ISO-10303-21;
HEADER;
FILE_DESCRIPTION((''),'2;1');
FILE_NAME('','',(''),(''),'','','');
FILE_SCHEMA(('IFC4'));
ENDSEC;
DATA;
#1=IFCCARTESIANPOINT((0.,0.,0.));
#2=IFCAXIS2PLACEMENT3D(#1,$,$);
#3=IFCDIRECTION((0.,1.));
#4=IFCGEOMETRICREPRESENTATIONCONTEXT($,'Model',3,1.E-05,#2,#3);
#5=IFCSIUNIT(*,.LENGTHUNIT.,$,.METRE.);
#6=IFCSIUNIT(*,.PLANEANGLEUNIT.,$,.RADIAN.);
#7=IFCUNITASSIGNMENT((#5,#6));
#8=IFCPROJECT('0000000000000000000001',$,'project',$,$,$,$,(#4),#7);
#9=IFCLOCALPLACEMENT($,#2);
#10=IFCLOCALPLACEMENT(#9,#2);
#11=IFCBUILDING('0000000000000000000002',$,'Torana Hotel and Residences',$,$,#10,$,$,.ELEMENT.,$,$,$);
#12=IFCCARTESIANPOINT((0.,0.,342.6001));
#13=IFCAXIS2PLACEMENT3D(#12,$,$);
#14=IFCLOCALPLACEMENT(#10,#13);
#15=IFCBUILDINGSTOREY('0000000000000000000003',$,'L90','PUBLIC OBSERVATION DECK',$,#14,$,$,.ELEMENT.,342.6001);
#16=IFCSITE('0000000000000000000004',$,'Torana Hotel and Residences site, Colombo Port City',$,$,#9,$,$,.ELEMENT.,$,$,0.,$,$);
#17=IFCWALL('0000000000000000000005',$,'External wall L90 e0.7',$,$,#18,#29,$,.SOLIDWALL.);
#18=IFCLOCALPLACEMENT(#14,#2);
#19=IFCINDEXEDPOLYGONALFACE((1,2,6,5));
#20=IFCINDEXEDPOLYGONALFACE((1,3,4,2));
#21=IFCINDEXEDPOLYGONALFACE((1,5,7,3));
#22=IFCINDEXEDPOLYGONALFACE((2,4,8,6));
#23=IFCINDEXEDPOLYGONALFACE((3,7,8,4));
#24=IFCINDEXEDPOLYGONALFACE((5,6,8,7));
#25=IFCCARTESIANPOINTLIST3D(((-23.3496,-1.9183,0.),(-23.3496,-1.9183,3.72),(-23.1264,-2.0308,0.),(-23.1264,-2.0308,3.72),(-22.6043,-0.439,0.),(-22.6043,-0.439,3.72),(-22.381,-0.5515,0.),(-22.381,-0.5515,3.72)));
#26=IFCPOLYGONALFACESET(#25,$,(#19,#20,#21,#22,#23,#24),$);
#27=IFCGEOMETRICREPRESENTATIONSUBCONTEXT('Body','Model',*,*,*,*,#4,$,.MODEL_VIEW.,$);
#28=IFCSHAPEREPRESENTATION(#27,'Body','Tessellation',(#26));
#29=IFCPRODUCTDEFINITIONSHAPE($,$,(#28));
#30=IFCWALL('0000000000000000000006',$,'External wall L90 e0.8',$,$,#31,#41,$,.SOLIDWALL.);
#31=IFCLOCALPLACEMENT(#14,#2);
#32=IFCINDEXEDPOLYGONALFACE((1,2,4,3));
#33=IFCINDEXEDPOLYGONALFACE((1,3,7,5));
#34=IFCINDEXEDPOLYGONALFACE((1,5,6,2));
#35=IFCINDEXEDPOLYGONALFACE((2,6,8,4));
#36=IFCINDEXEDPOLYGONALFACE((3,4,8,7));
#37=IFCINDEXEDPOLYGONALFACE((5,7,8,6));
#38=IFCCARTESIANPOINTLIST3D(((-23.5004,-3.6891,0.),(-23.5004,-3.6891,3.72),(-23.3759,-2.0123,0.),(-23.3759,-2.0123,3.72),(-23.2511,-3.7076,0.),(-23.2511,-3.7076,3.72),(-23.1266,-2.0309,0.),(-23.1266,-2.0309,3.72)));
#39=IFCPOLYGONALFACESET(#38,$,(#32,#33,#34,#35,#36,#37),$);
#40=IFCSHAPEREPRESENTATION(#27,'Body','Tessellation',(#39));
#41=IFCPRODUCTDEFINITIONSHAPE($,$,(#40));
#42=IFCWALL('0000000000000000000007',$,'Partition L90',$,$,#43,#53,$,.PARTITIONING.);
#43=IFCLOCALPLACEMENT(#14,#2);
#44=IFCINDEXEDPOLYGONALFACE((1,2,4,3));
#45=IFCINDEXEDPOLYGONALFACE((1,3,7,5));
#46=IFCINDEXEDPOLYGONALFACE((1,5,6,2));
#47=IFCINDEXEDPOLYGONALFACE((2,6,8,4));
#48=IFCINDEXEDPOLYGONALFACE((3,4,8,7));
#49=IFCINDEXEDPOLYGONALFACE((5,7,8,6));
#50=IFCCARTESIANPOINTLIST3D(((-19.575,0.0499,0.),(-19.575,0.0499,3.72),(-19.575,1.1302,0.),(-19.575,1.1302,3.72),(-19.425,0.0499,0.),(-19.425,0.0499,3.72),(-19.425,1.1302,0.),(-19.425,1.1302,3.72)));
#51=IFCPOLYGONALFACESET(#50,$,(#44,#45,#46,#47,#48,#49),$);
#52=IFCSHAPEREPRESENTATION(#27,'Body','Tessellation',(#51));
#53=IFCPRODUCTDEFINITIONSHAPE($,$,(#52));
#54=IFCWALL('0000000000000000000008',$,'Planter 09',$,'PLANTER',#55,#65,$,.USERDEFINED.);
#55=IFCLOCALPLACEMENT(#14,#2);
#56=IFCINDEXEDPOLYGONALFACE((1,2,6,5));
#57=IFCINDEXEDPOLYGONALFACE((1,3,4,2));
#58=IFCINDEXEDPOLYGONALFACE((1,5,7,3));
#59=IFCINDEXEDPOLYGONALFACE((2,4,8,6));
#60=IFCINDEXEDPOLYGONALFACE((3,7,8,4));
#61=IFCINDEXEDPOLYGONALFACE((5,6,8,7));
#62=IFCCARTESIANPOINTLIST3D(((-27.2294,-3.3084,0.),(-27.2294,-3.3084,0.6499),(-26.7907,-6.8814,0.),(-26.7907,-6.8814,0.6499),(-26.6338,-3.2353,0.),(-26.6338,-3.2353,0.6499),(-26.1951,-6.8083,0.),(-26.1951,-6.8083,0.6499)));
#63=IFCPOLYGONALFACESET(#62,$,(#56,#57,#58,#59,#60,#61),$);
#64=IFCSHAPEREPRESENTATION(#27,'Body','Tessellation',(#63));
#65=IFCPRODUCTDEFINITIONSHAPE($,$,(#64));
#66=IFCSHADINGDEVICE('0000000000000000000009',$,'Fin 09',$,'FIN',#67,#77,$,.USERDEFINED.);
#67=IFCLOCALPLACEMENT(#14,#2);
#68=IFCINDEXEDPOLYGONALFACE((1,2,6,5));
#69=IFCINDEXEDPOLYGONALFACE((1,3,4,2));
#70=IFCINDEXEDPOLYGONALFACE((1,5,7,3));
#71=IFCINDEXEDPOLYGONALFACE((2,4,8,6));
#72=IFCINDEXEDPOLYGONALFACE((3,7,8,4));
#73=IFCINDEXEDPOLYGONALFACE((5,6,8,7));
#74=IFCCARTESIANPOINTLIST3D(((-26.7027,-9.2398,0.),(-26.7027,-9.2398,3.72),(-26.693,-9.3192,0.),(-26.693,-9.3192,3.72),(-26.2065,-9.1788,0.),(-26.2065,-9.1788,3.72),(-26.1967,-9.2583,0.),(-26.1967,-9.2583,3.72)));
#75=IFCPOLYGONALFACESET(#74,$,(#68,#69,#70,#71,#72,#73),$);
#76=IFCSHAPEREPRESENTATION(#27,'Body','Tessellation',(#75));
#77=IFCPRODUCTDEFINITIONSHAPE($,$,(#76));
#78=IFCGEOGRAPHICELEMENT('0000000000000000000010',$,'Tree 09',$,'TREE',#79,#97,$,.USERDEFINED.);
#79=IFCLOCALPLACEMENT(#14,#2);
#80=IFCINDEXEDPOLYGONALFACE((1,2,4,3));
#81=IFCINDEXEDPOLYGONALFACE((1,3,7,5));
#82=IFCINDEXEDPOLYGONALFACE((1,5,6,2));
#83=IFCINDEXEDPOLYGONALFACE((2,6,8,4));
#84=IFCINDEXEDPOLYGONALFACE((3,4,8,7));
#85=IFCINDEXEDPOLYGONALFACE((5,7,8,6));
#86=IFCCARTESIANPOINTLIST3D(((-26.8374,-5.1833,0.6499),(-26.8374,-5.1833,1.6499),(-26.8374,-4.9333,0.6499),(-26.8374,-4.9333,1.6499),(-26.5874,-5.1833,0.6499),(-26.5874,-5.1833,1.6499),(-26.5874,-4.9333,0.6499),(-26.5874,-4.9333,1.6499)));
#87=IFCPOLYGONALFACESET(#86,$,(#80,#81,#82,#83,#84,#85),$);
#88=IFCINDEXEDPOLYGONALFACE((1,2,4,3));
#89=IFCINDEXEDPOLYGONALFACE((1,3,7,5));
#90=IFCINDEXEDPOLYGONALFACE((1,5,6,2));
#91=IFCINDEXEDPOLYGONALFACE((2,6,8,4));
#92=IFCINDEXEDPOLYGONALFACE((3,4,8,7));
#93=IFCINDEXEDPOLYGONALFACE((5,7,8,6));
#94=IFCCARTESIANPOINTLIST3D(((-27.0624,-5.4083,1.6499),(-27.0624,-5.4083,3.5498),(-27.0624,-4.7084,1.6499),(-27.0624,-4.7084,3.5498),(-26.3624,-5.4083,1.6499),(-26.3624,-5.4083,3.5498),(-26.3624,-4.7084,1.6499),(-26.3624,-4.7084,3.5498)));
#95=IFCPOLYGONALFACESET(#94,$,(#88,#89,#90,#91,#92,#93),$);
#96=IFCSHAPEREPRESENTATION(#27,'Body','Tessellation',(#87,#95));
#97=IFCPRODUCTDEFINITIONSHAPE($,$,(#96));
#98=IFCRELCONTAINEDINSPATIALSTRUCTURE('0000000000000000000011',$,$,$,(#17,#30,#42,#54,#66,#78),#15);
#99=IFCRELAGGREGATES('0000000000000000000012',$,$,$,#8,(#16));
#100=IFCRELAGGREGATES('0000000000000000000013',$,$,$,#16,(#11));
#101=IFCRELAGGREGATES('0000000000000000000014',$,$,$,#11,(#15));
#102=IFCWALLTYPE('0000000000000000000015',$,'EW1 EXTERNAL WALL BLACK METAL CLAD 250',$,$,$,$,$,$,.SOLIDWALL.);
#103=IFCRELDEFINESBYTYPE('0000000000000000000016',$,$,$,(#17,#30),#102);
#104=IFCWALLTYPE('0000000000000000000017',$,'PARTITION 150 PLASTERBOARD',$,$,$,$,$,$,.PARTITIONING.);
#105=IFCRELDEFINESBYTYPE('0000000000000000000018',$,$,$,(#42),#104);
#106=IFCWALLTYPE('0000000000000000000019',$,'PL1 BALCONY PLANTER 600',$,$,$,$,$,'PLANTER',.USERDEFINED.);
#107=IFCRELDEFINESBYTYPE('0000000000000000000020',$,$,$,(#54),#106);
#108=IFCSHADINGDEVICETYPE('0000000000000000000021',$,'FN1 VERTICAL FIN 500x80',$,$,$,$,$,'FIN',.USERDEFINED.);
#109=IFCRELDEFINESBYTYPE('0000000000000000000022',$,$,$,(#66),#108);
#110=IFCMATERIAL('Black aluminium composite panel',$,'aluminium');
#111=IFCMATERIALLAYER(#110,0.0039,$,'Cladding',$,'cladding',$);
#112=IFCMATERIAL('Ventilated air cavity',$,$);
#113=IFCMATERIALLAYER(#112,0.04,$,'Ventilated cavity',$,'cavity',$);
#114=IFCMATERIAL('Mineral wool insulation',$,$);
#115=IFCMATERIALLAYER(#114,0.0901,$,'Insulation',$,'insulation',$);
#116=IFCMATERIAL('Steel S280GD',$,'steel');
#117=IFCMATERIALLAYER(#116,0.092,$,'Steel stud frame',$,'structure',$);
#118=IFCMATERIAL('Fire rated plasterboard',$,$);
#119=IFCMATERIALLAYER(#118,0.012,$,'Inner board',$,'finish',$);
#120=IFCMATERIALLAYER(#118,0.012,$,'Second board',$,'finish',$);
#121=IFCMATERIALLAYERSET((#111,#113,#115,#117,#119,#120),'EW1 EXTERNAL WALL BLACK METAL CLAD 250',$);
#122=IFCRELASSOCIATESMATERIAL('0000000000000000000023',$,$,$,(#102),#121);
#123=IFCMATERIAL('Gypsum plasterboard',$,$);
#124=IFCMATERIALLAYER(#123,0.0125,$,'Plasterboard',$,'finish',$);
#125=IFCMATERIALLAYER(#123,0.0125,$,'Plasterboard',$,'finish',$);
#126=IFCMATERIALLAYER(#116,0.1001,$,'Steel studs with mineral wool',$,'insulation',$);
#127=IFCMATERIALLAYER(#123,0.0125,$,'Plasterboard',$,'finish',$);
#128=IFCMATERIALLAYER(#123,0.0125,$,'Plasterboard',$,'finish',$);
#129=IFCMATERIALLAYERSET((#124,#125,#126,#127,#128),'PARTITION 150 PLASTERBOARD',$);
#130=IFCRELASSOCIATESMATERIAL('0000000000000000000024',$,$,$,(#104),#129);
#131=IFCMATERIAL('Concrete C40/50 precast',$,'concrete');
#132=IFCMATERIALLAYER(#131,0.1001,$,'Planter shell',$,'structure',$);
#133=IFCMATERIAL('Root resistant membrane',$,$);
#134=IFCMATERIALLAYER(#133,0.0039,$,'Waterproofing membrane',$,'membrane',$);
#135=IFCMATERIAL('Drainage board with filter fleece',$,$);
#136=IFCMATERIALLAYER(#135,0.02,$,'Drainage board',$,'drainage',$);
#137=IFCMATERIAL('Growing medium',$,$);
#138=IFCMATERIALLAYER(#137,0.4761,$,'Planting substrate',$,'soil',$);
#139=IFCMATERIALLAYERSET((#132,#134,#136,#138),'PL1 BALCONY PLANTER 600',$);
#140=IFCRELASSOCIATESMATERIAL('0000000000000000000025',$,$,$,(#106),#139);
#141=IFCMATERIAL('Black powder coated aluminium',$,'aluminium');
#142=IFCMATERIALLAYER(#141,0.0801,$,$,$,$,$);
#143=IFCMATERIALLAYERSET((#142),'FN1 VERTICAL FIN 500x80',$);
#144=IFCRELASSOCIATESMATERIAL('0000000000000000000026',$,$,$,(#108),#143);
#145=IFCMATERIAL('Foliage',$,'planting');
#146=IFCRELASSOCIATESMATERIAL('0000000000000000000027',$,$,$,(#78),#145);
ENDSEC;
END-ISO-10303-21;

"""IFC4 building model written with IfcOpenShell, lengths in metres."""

from ifc_helpers import new_model, si_unit, direction, frame, frame_2d, origin, origin_2d, place, context, subcontext, project, spatial, rectangle, extrude, material, layer, layer_set, type_object, element, save


model = new_model("IFC4")

# Units and contexts
model_context = context("Model", 3, precision=1e-05, world=origin(), true_north=direction((0.0, 1.0)))
body_context = subcontext(model_context, "Body", "Model", "MODEL_VIEW")
ifc_project = project(units=[si_unit("LENGTHUNIT", "METRE"), si_unit("PLANEANGLEUNIT", "RADIAN")], contexts=[model_context])

# Site, building, storey
site_placement = place(None, origin())
site = spatial("IfcSite", under=ifc_project, at=site_placement, Name="Torana Hotel and Residences site, Colombo Port City", CompositionType="ELEMENT", RefElevation=0.0)
building_placement = place(site_placement, origin())
building = spatial("IfcBuilding", under=site, at=building_placement, Name="Torana Hotel and Residences", CompositionType="ELEMENT")
storey_placement = place(building_placement, frame((0.0, 0.0, 342.6001)))
storey = spatial("IfcBuildingStorey", under=building, at=storey_placement, Name="L90", Description="PUBLIC OBSERVATION DECK", CompositionType="ELEMENT", Elevation=342.6001)

# Walls
ifc_material_1 = material(Name="Black aluminium composite panel", Category="aluminium")
ifc_layer_1 = layer(ifc_material_1, 0.0039, Name="Cladding", Category="cladding")
ifc_material_2 = material(Name="Ventilated air cavity")
ifc_layer_2 = layer(ifc_material_2, 0.04, Name="Ventilated cavity", Category="cavity")
ifc_material_3 = material(Name="Mineral wool insulation")
ifc_layer_3 = layer(ifc_material_3, 0.0901, Name="Insulation", Category="insulation")
ifc_material_4 = material(Name="Steel S280GD", Category="steel")
ifc_layer_4 = layer(ifc_material_4, 0.092, Name="Steel stud frame", Category="structure")
ifc_material_5 = material(Name="Fire rated plasterboard")
ifc_layer_5 = layer(ifc_material_5, 0.012, Name="Inner board", Category="finish")
ifc_layer_6 = layer(ifc_material_5, 0.012, Name="Second board", Category="finish")
ifc_layer_set_1 = layer_set([ifc_layer_1, ifc_layer_2, ifc_layer_3, ifc_layer_4, ifc_layer_5, ifc_layer_6], Name="EW1 EXTERNAL WALL BLACK METAL CLAD 250")
wall_type_1 = type_object("IfcWallType", Name="EW1 EXTERNAL WALL BLACK METAL CLAD 250", PredefinedType="SOLIDWALL", material=ifc_layer_set_1)
wall_1_placement = place(storey_placement, frame((-22.4927, -0.4954, 0.0), z_axis=(0.0, 0.0, 1.0), x_axis=(-0.449982, -0.893037, 0.0)))
element("IfcWall", 1, at=wall_1_placement, inside=storey, type_object=wall_type_1, Name="External wall L90 e0.7", PredefinedType="SOLIDWALL", context=body_context, shape_type="SweptSolid", body=[
    extrude(rectangle(XDim=1.6565, YDim=0.25, at=frame_2d((0.8281, 0.0))), origin(), (0.0, 0.0, 1.0), 3.72),
])
wall_2_placement = place(storey_placement, frame((-23.2512, -2.0215, 0.0), z_axis=(0.0, 0.0, 1.0), x_axis=(-0.074054, -0.997254, 0.0)))
element("IfcWall", 2, at=wall_2_placement, inside=storey, type_object=wall_type_1, Name="External wall L90 e0.8", PredefinedType="SOLIDWALL", context=body_context, shape_type="SweptSolid", body=[
    extrude(rectangle(XDim=1.6814, YDim=0.25, at=frame_2d((0.8408, 0.0))), origin(), (0.0, 0.0, 1.0), 3.72),
])

# Walls
ifc_material_6 = material(Name="Gypsum plasterboard")
ifc_layer_7 = layer(ifc_material_6, 0.0125, Name="Plasterboard", Category="finish")
ifc_layer_8 = layer(ifc_material_6, 0.0125, Name="Plasterboard", Category="finish")
ifc_layer_9 = layer(ifc_material_4, 0.1001, Name="Steel studs with mineral wool", Category="insulation")
ifc_layer_10 = layer(ifc_material_6, 0.0125, Name="Plasterboard", Category="finish")
ifc_layer_11 = layer(ifc_material_6, 0.0125, Name="Plasterboard", Category="finish")
ifc_layer_set_2 = layer_set([ifc_layer_7, ifc_layer_8, ifc_layer_9, ifc_layer_10, ifc_layer_11], Name="PARTITION 150 PLASTERBOARD")
wall_type_2 = type_object("IfcWallType", Name="PARTITION 150 PLASTERBOARD", PredefinedType="PARTITIONING", material=ifc_layer_set_2)
wall_3_placement = place(storey_placement, frame((-19.5, 0.05, 0.0), z_axis=(0.0, 0.0, 1.0), x_axis=(0.0, 1.0, 0.0)))
element("IfcWall", 3, at=wall_3_placement, inside=storey, type_object=wall_type_2, Name="Partition L90", PredefinedType="PARTITIONING", context=body_context, shape_type="SweptSolid", body=[
    extrude(rectangle(XDim=1.0803, YDim=0.1499, at=frame_2d((0.54, 0.0))), origin(), (0.0, 0.0, 1.0), 3.72),
])
ifc_material_7 = material(Name="Concrete C40/50 precast", Category="concrete")
ifc_layer_12 = layer(ifc_material_7, 0.1001, Name="Planter shell", Category="structure")
ifc_material_8 = material(Name="Root resistant membrane")
ifc_layer_13 = layer(ifc_material_8, 0.0039, Name="Waterproofing membrane", Category="membrane")
ifc_material_9 = material(Name="Drainage board with filter fleece")
ifc_layer_14 = layer(ifc_material_9, 0.02, Name="Drainage board", Category="drainage")
ifc_material_10 = material(Name="Growing medium")
ifc_layer_15 = layer(ifc_material_10, 0.4761, Name="Planting substrate", Category="soil")
ifc_layer_set_3 = layer_set([ifc_layer_12, ifc_layer_13, ifc_layer_14, ifc_layer_15], Name="PL1 BALCONY PLANTER 600")
wall_type_3 = type_object("IfcWallType", Name="PL1 BALCONY PLANTER 600", ElementType="PLANTER", PredefinedType="USERDEFINED", material=ifc_layer_set_3)
wall_4_placement = place(storey_placement, frame((-26.4929, -6.8447, 0.0), z_axis=(0.0, 0.0, 1.0), x_axis=(-0.121873, 0.992546, 0.0)))
element("IfcWall", 4, at=wall_4_placement, inside=storey, type_object=wall_type_3, Name="Planter 09", ObjectType="PLANTER", PredefinedType="USERDEFINED", context=body_context, shape_type="SweptSolid", body=[
    extrude(rectangle(XDim=3.5999, YDim=0.6001, at=frame_2d((1.7998, 0.0))), origin(), (0.0, 0.0, 1.0), 0.6499),
])

# Shading device
ifc_material_11 = material(Name="Black powder coated aluminium", Category="aluminium")
ifc_layer_16 = layer(ifc_material_11, 0.0801)
ifc_layer_set_4 = layer_set([ifc_layer_16], Name="FN1 VERTICAL FIN 500x80")
shading_device_type = type_object("IfcShadingDeviceType", Name="FN1 VERTICAL FIN 500x80", ElementType="FIN", PredefinedType="USERDEFINED", material=ifc_layer_set_4)
shading_device_placement = place(storey_placement, frame((-26.4497, -9.249, 0.0), z_axis=(0.0, 0.0, 1.0), x_axis=(-0.121871, 0.992546, 0.0)))
element("IfcShadingDevice", 5, at=shading_device_placement, inside=storey, type_object=shading_device_type, Name="Fin 09", ObjectType="FIN", PredefinedType="USERDEFINED", context=body_context, shape_type="SweptSolid", body=[
    extrude(rectangle(XDim=0.0801, YDim=0.5, at=origin_2d()), origin(), (0.0, 0.0, 1.0), 3.72),
])

# Geographic element
ifc_material_12 = material(Name="Foliage", Category="planting")
geographic_element_placement = place(storey_placement, frame((-26.7124, -5.0583, 0.6499), z_axis=(0.0, 0.0, 1.0), x_axis=(1.0, 0.0, 0.0)))
element("IfcGeographicElement", 6, at=geographic_element_placement, inside=storey, material=ifc_material_12, Name="Tree 09", ObjectType="TREE", PredefinedType="USERDEFINED", context=body_context, shape_type="SweptSolid", body=[
    extrude(rectangle(XDim=0.25, YDim=0.25, at=origin_2d()), origin(), (0.0, 0.0, 1.0), 1.0),
    extrude(rectangle(XDim=0.7, YDim=0.7, at=origin_2d()), frame((0.0, 0.0, 1.0)), (0.0, 0.0, 1.0), 1.8999),
])

save(model, "model.ifc")
